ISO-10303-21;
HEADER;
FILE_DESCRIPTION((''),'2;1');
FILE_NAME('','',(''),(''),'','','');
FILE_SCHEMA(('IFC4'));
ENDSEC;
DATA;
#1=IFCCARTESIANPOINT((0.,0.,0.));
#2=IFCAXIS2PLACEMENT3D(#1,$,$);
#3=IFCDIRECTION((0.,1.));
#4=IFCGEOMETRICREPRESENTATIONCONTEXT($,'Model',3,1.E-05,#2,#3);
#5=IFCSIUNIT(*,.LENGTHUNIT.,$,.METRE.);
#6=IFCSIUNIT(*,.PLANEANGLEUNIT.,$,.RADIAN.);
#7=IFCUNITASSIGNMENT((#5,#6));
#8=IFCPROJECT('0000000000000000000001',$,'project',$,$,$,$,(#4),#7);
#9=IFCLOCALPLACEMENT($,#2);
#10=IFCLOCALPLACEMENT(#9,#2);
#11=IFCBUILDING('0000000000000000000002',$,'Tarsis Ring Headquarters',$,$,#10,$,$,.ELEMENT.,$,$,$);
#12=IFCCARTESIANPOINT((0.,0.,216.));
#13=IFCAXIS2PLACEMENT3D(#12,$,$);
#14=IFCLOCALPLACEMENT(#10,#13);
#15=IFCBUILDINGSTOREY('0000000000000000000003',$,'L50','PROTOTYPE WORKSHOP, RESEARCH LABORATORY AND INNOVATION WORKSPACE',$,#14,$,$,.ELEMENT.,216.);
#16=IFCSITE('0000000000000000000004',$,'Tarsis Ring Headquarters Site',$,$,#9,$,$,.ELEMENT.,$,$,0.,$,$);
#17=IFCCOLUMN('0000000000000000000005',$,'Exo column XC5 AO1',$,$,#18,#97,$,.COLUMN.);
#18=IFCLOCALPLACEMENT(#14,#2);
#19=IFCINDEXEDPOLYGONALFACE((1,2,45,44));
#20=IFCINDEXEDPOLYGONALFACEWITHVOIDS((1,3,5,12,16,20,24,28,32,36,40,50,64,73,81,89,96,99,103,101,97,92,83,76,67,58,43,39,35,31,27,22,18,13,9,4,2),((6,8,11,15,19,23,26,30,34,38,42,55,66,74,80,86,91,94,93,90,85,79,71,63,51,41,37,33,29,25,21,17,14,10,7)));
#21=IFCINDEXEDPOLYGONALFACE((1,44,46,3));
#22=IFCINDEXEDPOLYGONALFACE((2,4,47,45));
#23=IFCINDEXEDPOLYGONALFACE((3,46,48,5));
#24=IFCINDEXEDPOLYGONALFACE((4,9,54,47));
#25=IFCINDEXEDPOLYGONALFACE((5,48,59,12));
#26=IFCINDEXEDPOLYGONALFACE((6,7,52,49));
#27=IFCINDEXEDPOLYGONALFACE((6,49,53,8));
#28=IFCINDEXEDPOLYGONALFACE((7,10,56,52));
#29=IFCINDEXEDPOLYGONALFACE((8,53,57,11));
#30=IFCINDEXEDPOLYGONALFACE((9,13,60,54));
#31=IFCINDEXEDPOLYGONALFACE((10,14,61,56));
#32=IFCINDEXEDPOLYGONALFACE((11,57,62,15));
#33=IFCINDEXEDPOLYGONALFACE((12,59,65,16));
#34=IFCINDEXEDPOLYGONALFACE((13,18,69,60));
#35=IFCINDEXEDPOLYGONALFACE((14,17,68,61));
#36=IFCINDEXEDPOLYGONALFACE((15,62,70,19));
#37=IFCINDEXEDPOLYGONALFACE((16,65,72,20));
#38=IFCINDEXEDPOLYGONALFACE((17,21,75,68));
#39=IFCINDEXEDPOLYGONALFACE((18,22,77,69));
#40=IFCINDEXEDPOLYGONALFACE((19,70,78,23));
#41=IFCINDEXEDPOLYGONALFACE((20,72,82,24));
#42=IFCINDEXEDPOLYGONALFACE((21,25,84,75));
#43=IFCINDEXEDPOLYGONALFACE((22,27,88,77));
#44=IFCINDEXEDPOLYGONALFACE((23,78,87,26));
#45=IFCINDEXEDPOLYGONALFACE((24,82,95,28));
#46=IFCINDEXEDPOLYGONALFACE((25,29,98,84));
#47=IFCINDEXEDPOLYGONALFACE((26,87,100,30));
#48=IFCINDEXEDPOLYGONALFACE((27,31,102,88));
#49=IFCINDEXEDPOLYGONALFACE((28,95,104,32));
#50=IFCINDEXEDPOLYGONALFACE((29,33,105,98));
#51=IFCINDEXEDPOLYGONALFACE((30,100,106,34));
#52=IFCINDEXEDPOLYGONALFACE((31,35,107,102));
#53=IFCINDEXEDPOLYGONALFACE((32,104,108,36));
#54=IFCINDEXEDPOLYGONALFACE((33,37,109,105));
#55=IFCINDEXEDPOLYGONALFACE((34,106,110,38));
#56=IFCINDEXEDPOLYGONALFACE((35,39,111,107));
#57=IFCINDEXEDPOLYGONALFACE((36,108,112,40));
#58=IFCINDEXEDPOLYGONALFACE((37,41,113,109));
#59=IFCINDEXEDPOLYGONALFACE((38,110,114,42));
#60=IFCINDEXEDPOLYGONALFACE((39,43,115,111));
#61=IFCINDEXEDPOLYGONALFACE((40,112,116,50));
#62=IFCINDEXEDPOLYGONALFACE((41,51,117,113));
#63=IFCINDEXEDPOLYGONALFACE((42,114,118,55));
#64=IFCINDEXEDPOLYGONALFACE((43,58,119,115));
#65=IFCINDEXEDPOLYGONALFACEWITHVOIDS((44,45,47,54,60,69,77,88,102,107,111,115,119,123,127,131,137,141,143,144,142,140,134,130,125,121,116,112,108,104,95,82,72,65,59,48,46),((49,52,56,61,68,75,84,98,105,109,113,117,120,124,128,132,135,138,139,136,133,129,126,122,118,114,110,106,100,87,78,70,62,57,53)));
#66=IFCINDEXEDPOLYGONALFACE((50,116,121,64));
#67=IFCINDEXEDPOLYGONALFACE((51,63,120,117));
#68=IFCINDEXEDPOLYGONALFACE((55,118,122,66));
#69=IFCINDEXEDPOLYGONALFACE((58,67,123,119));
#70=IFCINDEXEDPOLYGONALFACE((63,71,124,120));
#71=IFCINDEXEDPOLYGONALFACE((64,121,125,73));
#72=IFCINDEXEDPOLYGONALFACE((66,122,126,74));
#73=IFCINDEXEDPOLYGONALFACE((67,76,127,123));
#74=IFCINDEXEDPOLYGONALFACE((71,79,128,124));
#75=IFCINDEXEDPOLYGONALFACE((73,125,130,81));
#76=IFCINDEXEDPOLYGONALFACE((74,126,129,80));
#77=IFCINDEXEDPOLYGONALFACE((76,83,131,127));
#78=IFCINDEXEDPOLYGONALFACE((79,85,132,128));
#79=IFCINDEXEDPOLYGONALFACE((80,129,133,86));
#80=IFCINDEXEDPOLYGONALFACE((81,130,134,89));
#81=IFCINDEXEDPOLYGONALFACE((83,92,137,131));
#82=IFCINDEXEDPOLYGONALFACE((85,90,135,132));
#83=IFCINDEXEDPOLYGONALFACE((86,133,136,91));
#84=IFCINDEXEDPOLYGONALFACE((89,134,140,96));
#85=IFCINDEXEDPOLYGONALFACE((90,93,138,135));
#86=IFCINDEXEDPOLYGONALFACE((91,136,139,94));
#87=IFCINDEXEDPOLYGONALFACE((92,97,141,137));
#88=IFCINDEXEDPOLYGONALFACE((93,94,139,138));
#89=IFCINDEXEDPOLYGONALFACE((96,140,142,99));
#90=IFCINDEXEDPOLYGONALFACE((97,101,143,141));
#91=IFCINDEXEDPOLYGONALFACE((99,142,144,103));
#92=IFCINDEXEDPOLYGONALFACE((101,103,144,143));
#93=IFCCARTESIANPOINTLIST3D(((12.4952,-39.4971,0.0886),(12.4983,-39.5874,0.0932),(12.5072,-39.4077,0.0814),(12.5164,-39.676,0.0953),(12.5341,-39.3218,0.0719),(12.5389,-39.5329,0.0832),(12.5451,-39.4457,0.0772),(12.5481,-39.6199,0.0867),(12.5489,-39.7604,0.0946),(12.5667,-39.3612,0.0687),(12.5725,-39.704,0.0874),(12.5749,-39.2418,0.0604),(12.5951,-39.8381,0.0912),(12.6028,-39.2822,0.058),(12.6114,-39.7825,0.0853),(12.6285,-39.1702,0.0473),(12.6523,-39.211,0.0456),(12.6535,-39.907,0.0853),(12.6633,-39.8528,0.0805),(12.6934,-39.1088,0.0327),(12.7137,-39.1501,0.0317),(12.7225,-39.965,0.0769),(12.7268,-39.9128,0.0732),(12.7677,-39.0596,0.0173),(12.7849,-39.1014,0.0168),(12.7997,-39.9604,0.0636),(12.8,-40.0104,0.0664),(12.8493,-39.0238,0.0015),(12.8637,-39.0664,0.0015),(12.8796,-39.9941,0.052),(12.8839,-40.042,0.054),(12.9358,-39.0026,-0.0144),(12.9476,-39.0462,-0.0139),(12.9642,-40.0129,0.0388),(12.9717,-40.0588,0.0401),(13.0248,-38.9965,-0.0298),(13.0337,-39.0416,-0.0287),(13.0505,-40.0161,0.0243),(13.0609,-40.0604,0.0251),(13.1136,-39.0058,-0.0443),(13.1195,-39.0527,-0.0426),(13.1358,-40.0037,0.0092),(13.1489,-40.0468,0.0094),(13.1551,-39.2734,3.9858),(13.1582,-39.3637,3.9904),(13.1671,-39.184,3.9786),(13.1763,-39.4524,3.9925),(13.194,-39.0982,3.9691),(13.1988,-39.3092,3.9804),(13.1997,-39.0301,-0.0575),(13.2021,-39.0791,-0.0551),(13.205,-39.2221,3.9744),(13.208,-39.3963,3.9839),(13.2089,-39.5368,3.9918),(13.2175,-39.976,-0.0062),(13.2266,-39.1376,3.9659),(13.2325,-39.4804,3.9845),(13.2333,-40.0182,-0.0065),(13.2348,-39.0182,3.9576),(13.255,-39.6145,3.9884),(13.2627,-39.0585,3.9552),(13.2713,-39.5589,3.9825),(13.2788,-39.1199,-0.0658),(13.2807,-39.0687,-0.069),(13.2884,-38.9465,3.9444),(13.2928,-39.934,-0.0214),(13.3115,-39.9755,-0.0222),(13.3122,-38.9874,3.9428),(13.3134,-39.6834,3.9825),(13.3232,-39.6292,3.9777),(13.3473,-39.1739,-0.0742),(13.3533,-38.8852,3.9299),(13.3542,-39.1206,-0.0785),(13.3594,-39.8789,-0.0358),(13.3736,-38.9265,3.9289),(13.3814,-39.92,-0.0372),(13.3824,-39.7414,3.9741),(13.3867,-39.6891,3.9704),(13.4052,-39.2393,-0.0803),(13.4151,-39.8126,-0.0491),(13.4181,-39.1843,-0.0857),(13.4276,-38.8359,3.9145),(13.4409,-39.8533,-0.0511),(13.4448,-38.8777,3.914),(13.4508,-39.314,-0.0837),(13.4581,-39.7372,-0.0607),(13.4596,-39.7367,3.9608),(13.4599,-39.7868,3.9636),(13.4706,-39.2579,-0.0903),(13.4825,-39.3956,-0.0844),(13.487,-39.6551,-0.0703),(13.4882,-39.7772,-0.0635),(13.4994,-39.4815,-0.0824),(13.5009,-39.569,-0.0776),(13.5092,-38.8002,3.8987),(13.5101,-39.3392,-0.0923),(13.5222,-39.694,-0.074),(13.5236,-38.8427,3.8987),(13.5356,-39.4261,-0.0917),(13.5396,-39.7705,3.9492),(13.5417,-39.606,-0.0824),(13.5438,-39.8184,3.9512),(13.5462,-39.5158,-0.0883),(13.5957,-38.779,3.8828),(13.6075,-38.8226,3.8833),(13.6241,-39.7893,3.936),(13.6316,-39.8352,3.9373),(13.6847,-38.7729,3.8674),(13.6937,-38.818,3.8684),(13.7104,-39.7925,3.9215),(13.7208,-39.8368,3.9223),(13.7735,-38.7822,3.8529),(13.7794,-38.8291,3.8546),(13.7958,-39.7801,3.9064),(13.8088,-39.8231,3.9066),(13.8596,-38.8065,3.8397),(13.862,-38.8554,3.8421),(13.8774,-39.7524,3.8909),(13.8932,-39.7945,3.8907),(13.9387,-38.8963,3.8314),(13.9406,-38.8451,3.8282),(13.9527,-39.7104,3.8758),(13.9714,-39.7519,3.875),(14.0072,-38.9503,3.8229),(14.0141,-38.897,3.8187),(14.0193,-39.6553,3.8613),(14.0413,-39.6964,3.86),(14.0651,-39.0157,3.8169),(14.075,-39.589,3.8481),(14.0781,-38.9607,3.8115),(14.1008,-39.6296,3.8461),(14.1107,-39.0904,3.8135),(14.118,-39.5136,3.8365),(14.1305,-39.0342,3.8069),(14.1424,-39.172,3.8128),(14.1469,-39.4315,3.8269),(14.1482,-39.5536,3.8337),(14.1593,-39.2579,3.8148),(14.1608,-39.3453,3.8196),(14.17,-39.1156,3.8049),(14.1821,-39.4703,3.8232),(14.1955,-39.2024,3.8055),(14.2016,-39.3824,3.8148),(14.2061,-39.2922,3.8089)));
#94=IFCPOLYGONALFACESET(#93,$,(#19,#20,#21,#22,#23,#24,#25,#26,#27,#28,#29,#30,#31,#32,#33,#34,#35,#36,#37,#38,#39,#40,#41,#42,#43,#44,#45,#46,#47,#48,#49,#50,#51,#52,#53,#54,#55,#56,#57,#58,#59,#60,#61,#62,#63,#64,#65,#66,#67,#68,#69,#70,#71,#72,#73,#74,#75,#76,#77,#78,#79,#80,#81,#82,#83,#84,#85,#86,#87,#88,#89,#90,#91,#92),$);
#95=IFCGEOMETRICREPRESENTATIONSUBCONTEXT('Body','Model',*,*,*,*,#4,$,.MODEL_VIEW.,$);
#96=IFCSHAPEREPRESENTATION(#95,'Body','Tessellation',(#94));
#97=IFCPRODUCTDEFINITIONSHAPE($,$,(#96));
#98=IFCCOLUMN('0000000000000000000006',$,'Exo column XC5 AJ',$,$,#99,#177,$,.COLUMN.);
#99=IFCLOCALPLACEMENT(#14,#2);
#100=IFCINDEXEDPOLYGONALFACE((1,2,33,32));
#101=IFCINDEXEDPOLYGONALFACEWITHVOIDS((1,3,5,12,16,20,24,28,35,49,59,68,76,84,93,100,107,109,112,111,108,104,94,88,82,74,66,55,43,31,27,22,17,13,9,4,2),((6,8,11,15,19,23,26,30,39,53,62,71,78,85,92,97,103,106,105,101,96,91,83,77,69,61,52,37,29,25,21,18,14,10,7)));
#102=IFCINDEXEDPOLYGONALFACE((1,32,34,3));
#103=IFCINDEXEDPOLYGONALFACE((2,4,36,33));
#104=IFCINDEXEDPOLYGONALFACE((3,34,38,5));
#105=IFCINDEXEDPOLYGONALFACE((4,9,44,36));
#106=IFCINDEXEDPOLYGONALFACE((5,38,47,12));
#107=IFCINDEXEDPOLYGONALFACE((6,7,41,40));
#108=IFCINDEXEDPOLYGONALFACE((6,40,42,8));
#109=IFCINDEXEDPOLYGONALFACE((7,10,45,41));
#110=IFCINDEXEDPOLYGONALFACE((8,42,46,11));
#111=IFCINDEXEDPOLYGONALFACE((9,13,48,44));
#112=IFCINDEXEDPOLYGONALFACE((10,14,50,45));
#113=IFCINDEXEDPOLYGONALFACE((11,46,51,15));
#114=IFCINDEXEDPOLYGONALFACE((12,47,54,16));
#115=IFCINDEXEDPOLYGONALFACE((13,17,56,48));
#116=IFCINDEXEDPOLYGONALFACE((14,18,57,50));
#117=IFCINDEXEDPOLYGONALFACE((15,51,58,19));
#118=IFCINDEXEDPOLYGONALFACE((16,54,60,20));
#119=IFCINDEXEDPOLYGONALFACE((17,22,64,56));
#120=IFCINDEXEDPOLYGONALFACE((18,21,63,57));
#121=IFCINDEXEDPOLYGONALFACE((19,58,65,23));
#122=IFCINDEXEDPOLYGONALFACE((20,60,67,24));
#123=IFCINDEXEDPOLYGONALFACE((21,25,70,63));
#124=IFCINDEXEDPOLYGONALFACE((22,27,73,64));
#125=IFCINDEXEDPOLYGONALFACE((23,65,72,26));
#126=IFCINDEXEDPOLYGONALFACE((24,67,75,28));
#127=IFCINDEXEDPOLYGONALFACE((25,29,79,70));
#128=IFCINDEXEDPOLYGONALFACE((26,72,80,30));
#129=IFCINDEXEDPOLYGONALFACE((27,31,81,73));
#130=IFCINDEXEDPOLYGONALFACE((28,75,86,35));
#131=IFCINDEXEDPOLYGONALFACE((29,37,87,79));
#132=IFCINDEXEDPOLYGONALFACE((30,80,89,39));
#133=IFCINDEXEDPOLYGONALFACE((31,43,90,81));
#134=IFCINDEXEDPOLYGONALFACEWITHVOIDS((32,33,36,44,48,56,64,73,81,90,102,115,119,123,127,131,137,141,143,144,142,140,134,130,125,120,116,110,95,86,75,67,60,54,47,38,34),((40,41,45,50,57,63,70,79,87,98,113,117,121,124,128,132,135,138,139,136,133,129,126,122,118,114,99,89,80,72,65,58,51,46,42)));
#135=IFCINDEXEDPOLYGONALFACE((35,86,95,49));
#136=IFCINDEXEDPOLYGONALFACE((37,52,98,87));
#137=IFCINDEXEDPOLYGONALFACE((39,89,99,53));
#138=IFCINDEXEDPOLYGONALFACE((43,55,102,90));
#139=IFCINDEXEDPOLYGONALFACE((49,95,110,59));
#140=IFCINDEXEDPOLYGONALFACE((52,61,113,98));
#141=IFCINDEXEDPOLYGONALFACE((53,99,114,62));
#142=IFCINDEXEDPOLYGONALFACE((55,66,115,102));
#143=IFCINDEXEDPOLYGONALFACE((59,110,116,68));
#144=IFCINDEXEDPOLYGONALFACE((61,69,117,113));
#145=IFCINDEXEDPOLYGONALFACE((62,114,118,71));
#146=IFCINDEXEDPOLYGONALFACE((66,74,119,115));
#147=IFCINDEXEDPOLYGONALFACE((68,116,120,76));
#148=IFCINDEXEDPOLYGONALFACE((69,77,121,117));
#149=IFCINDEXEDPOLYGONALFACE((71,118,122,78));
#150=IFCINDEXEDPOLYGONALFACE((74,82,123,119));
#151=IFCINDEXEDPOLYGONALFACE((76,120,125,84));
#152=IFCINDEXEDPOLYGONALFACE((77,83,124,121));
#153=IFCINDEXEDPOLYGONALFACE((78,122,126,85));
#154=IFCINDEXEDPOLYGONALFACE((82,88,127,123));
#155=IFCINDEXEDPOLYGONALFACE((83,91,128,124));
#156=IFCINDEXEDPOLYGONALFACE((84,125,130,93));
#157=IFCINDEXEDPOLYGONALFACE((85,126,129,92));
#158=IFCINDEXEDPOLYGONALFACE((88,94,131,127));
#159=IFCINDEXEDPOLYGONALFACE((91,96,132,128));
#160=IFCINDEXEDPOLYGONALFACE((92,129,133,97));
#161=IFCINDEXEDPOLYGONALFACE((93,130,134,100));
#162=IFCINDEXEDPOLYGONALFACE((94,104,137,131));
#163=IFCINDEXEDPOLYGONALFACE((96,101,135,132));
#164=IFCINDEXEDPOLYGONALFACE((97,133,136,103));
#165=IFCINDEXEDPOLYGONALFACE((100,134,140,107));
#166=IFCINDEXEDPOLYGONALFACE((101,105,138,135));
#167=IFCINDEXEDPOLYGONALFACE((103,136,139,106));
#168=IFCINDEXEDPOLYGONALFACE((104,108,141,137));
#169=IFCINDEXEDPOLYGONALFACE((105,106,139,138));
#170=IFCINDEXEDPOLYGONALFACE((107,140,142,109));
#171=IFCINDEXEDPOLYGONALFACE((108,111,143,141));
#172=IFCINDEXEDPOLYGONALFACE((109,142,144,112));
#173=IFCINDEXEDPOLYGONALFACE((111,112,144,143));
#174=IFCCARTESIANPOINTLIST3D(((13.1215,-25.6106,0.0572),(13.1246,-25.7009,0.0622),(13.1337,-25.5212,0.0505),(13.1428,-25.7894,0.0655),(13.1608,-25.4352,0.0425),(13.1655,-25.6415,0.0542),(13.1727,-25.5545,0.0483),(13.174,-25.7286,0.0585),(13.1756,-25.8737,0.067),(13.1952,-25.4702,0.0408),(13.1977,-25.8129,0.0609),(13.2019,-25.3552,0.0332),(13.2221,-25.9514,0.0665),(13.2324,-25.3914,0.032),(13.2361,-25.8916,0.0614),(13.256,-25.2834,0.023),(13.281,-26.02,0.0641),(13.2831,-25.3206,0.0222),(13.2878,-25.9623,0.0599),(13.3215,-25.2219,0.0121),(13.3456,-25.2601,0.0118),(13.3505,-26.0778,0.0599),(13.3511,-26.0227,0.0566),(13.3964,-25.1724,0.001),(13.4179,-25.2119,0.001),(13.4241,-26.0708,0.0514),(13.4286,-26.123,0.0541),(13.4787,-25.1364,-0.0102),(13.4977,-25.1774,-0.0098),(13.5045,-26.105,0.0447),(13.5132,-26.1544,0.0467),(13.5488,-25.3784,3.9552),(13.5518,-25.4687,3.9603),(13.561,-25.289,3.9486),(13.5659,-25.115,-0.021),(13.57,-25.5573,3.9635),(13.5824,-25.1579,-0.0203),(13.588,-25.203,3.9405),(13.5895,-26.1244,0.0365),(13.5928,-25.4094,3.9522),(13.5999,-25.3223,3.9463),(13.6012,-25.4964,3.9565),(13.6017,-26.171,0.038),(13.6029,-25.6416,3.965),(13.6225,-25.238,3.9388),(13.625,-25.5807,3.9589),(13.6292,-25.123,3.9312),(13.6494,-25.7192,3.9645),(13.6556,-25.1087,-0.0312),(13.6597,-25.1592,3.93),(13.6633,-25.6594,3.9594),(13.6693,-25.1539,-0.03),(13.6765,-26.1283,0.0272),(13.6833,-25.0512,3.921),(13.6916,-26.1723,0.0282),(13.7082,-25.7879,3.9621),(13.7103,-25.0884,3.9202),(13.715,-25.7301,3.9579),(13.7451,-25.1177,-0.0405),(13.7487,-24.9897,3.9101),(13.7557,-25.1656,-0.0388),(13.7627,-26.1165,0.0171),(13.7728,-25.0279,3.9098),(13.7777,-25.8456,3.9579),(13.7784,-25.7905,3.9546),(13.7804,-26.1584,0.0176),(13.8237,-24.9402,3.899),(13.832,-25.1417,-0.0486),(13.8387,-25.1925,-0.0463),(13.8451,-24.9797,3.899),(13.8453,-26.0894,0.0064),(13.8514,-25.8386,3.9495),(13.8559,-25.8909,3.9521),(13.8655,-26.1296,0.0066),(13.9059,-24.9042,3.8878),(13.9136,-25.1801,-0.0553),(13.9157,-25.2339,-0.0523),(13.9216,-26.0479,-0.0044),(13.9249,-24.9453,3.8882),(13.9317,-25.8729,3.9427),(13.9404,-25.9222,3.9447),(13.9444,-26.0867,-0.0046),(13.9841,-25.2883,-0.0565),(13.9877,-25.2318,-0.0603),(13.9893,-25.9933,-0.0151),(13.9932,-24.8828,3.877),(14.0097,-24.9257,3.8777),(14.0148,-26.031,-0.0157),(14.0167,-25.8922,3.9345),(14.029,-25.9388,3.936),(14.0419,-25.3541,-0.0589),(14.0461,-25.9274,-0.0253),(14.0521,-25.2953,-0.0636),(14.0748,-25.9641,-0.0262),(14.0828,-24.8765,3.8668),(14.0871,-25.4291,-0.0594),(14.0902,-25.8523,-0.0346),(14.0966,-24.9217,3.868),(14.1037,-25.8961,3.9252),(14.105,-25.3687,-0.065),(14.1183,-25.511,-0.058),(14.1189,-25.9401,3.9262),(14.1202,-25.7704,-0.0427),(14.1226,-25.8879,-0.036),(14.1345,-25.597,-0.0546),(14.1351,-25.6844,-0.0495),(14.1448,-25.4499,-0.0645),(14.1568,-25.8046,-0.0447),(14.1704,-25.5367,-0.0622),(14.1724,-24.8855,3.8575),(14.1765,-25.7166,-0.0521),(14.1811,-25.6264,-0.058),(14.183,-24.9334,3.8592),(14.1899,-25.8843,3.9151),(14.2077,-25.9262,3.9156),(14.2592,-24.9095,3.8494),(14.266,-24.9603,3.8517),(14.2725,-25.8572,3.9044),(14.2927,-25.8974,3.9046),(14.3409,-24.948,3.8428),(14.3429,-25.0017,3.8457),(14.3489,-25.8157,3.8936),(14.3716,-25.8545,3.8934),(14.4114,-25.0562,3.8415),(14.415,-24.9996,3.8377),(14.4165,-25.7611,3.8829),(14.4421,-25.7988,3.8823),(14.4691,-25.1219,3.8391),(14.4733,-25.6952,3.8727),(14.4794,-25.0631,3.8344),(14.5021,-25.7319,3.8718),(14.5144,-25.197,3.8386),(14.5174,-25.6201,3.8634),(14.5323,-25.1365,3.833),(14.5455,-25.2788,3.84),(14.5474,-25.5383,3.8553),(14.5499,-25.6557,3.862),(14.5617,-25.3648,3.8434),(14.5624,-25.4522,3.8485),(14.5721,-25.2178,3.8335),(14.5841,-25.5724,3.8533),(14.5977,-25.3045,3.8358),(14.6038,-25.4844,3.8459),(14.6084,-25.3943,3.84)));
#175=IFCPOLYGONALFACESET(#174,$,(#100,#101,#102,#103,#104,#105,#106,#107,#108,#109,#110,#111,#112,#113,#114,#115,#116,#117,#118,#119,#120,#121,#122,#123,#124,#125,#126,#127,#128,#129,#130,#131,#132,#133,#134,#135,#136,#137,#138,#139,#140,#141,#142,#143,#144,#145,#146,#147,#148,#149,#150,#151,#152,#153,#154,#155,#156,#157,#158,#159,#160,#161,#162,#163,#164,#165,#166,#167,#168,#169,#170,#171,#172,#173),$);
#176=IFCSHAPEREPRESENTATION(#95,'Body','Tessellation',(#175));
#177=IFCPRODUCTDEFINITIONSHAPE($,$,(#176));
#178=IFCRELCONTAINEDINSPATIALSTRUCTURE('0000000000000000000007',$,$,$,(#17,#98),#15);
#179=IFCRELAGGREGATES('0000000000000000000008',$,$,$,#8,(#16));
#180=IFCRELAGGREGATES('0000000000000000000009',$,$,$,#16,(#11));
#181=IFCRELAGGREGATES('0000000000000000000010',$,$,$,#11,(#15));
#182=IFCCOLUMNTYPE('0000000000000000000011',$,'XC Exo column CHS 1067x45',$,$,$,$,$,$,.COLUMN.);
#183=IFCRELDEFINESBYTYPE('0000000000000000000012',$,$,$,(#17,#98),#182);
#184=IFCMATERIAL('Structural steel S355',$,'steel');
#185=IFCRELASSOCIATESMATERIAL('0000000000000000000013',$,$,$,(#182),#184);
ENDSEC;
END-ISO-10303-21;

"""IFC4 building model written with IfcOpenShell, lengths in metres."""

from ifc_helpers import new_model, si_unit, direction, frame, origin, origin_2d, place, context, subcontext, project, spatial, hollow_circle, extrude, material, material_profile, profile_set, type_object, element, save


model = new_model("IFC4")

# Units and contexts
model_context = context("Model", 3, precision=1e-05, world=origin(), true_north=direction((0.0, 1.0)))
body_context = subcontext(model_context, "Body", "Model", "MODEL_VIEW")
ifc_project = project(units=[si_unit("LENGTHUNIT", "METRE"), si_unit("PLANEANGLEUNIT", "RADIAN")], contexts=[model_context])

# Site, building, storey
site_placement = place(None, origin())
site = spatial("IfcSite", under=ifc_project, at=site_placement, Name="Tarsis Ring Headquarters Site", CompositionType="ELEMENT", RefElevation=0.0)
building_placement = place(site_placement, origin())
building = spatial("IfcBuilding", under=site, at=building_placement, Name="Tarsis Ring Headquarters", CompositionType="ELEMENT")
storey_placement = place(building_placement, frame((0.0, 0.0, 216.0)))
storey = spatial("IfcBuildingStorey", under=building, at=storey_placement, Name="L50", Description="PROTOTYPE WORKSHOP, RESEARCH LABORATORY AND INNOVATION WORKSPACE", CompositionType="ELEMENT", Elevation=216.0)

# Columns
ifc_material_1 = material(Name="Structural steel S355", Category="steel")
ifc_material_profile_1 = material_profile(ifc_material_1, hollow_circle(Radius=0.5334, WallThickness=0.0449, at=origin_2d()), Name="CHS 1067x45")
ifc_profile_set_1 = profile_set([ifc_material_profile_1], Name="Structural steel S355")
column_type = type_object("IfcColumnType", Name="XC Exo column CHS 1067x45", PredefinedType="COLUMN", material=ifc_profile_set_1)
column_1_placement = place(storey_placement, frame((13.0205, -39.5291, 0.0015), z_axis=(0.166686, 0.056487, 0.984391), x_axis=(-0.320954, 0.947095, 0.0)))
element("IfcColumn", 1, at=column_1_placement, inside=storey, type_object=column_type, Name="Exo column XC5 AO1", PredefinedType="COLUMN", context=body_context, shape_type="SweptSolid", body=[
    extrude(hollow_circle(Radius=0.5334, WallThickness=0.0449, at=origin_2d()), origin(), (0.0, 0.0, 1.0), 3.959),
])
column_2_placement = place(storey_placement, frame((13.6511, -25.6411, 0.001), z_axis=(0.108765, 0.059106, 0.992309), x_axis=(-0.47748, 0.878643, 0.0)))
element("IfcColumn", 2, at=column_2_placement, inside=storey, type_object=column_type, Name="Exo column XC5 AJ", PredefinedType="COLUMN", context=body_context, shape_type="SweptSolid", body=[
    extrude(hollow_circle(Radius=0.5334, WallThickness=0.0449, at=origin_2d()), origin(), (0.0, 0.0, 1.0), 3.9282),
])

save(model, "model.ifc")
